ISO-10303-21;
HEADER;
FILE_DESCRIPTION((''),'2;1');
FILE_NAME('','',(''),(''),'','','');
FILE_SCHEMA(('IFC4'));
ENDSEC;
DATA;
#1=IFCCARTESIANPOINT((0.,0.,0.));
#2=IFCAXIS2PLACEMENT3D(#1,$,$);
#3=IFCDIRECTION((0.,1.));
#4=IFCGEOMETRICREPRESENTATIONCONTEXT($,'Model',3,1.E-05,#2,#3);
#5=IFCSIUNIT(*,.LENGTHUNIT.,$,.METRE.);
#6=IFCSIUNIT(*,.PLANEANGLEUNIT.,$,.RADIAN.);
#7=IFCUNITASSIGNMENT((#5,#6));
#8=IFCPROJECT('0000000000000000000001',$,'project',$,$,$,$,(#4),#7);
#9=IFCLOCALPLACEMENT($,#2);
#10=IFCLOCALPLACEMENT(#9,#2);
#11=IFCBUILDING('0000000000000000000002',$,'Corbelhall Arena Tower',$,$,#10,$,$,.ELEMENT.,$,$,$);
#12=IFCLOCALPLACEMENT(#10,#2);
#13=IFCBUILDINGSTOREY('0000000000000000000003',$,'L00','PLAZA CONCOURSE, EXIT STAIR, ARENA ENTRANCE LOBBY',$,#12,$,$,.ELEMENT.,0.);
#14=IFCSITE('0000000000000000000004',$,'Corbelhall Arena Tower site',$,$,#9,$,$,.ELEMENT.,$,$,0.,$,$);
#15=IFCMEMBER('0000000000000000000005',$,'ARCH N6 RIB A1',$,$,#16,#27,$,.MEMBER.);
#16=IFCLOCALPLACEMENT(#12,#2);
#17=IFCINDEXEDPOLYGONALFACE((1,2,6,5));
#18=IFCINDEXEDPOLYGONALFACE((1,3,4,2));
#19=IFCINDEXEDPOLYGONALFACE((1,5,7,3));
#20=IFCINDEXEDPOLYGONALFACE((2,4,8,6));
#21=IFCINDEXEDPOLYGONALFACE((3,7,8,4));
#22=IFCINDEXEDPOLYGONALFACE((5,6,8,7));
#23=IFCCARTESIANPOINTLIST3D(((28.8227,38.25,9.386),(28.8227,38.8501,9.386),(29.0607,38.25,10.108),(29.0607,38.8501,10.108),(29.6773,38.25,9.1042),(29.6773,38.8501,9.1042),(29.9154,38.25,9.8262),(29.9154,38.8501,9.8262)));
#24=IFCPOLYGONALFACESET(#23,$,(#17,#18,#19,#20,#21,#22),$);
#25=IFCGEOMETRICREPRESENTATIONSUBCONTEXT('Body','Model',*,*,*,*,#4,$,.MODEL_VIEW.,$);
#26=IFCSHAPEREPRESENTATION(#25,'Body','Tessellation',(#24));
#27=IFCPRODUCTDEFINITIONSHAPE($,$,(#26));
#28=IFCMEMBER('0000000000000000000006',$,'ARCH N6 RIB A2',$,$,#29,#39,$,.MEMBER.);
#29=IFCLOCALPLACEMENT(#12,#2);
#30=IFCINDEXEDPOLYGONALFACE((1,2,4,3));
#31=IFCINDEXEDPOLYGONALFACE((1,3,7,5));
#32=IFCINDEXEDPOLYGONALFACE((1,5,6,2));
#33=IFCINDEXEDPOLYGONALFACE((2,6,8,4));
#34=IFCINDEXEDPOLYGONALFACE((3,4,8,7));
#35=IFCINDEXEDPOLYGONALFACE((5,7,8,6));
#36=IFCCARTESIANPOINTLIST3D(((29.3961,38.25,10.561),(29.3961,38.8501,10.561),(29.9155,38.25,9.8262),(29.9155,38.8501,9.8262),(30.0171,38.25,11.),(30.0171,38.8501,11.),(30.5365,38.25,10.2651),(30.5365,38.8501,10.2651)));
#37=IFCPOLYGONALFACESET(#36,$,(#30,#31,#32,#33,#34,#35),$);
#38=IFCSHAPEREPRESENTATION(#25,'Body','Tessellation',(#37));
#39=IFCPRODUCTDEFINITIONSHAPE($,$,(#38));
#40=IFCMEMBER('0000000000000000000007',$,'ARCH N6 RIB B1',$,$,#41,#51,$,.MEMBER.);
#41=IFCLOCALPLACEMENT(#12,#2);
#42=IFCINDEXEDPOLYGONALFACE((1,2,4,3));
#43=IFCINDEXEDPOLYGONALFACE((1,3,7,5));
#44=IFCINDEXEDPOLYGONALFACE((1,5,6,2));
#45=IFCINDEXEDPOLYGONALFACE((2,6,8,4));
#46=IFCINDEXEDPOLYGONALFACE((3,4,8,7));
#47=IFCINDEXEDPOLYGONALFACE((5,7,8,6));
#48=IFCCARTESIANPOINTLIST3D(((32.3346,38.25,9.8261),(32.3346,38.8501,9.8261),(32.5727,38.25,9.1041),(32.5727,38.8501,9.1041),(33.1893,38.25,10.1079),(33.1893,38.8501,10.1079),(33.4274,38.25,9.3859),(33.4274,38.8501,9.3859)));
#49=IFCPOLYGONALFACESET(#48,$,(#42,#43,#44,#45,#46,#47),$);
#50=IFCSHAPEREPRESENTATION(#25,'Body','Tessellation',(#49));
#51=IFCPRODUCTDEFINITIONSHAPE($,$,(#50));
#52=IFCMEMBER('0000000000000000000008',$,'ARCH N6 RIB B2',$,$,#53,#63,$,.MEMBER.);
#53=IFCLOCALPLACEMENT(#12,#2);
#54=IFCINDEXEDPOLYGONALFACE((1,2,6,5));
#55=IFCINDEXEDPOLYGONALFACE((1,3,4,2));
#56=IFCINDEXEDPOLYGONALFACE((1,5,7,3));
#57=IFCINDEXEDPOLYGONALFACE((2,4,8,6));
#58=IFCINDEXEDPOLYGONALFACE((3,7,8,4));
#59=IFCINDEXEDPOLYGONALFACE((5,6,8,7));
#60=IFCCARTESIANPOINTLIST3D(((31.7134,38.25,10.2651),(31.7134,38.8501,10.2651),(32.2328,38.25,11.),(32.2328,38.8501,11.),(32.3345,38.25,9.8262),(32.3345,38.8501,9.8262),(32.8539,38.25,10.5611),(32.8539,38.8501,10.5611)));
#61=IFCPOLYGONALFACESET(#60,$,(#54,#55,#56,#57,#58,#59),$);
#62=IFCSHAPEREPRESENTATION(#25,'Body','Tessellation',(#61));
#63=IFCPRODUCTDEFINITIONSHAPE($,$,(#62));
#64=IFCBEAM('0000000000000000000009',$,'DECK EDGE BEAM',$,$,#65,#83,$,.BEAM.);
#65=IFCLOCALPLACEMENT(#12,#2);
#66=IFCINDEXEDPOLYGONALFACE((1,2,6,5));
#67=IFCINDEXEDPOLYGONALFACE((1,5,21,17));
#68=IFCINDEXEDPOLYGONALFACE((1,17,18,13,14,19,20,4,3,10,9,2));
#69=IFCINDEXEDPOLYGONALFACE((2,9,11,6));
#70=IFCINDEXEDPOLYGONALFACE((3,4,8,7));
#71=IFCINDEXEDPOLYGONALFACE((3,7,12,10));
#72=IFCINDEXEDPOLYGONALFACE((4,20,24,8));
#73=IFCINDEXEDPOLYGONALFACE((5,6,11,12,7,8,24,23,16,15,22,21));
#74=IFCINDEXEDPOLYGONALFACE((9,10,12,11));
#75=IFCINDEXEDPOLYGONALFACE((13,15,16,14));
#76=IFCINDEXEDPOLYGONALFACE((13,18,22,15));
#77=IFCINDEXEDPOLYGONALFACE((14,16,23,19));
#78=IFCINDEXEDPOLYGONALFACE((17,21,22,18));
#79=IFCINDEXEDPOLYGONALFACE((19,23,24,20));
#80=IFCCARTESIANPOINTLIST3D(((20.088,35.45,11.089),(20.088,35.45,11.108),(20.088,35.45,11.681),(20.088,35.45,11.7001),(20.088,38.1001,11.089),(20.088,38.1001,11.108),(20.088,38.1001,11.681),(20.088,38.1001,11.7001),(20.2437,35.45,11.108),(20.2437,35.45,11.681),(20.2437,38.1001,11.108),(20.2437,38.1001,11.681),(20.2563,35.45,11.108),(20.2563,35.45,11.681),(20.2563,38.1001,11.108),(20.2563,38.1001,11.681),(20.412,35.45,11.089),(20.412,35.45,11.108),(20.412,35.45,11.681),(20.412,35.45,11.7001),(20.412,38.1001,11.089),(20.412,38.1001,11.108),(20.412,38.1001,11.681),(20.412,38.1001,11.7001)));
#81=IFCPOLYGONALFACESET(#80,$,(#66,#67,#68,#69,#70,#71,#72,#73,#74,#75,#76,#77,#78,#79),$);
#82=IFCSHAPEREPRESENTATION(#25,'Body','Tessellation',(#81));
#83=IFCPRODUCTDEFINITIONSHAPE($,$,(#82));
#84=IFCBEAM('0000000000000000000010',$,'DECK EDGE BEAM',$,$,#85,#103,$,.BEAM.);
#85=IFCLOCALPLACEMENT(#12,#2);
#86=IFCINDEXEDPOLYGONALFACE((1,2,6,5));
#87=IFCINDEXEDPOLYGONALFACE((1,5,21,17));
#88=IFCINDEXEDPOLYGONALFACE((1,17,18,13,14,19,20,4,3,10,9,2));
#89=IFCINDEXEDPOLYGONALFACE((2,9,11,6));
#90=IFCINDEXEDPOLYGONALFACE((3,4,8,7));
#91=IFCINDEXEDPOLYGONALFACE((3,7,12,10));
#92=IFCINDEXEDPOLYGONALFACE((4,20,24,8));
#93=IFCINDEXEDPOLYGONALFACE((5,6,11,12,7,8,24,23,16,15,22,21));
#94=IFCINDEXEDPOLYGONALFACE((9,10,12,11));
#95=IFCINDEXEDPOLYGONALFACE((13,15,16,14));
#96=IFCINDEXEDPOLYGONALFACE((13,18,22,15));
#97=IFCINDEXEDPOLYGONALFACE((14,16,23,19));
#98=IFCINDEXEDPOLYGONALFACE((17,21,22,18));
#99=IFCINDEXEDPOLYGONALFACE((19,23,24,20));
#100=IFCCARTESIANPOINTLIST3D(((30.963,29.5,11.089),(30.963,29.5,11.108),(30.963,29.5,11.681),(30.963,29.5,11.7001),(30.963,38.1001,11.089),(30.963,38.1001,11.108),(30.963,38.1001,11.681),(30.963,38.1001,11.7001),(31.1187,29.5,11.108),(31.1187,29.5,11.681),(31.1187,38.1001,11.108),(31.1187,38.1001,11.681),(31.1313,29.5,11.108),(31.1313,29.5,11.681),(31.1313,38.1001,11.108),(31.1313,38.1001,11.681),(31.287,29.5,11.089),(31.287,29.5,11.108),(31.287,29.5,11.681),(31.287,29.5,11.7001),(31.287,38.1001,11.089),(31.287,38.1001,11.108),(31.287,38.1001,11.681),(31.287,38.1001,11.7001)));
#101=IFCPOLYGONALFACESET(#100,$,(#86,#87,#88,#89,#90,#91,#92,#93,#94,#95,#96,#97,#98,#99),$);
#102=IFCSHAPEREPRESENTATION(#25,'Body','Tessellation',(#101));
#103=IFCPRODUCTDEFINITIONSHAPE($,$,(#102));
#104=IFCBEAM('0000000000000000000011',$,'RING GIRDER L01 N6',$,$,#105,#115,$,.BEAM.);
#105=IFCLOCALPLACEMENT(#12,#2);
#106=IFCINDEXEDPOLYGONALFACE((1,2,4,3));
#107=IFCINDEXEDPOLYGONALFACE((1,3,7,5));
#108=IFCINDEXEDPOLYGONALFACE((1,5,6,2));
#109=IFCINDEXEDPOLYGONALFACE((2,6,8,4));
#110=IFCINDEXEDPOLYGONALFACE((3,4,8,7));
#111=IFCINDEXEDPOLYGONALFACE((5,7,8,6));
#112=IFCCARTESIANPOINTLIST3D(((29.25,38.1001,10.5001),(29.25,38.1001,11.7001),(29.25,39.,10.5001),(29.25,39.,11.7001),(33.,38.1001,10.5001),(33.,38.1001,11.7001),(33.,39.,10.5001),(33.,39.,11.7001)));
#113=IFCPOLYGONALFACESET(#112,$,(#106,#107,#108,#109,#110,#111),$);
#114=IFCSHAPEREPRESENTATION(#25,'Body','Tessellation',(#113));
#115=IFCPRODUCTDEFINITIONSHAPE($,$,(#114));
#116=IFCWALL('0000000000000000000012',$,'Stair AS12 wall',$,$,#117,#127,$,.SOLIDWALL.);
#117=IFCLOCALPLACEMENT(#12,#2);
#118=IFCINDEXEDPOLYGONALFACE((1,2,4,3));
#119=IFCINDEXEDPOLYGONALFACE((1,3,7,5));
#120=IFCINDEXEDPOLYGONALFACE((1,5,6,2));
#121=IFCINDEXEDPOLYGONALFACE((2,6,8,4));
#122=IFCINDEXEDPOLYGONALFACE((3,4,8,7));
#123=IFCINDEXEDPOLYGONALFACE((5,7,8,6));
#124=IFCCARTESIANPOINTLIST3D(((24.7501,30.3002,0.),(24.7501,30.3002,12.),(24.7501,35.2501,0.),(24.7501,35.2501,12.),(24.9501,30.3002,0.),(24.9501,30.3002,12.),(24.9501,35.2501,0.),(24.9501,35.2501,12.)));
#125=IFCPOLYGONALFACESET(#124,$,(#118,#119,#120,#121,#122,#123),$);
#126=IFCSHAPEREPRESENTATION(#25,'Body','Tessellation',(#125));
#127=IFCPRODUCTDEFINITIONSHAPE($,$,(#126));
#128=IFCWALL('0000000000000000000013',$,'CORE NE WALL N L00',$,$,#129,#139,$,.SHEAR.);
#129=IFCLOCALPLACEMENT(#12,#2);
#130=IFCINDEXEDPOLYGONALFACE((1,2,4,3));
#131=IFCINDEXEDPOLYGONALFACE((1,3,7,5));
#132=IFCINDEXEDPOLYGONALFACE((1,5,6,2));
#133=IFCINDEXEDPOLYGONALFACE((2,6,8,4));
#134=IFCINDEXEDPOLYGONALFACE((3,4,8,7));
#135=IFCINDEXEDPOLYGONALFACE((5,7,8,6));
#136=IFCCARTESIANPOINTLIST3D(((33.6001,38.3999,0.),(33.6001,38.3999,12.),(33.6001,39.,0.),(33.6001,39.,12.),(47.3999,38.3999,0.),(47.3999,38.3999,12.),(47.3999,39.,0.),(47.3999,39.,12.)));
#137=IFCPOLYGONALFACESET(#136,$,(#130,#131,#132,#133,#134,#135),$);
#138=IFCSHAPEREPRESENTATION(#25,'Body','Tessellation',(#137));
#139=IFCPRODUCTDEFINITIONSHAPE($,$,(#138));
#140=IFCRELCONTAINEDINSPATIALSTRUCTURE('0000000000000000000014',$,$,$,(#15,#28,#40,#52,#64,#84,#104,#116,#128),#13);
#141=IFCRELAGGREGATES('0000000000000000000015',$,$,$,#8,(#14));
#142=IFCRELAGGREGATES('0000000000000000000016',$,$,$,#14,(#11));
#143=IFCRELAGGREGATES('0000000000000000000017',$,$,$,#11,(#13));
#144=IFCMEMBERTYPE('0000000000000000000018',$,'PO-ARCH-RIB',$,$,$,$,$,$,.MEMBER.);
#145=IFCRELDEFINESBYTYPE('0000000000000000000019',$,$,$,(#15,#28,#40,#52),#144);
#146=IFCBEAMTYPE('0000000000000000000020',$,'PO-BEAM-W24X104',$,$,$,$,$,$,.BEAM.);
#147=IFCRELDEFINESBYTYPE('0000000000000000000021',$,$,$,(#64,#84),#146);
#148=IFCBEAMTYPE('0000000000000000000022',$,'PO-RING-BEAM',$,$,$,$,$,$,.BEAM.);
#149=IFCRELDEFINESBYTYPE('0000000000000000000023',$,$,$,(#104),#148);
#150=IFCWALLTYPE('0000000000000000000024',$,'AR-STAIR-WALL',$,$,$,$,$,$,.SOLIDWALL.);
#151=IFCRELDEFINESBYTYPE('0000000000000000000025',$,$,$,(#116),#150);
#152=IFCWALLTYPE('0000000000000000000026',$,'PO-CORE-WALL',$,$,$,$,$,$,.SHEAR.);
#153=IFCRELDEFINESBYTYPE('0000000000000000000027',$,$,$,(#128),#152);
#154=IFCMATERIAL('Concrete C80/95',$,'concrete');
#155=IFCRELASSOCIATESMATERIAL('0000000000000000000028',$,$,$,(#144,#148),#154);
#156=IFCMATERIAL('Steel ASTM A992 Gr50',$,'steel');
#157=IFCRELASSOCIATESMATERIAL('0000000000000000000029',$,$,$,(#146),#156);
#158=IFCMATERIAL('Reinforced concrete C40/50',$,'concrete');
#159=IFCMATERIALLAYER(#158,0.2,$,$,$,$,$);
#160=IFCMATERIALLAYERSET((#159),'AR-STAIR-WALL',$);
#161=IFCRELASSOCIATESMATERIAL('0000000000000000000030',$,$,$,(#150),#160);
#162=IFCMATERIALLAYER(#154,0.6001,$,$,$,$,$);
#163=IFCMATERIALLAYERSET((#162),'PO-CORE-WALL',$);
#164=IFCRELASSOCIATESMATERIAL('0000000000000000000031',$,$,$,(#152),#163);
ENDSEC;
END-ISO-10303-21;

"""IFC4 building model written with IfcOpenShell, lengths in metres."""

from ifc_helpers import new_model, si_unit, direction, frame, frame_2d, origin, origin_2d, place, context, subcontext, project, spatial, rectangle, i_section, extrude, material, layer, layer_set, material_profile, profile_set, type_object, element, save


model = new_model("IFC4")

# Units and contexts
model_context = context("Model", 3, precision=1e-05, world=origin(), true_north=direction((0.0, 1.0)))
body_context = subcontext(model_context, "Body", "Model", "MODEL_VIEW")
ifc_project = project(units=[si_unit("LENGTHUNIT", "METRE"), si_unit("PLANEANGLEUNIT", "RADIAN")], contexts=[model_context])

# Site, building, storey
site_placement = place(None, origin())
site = spatial("IfcSite", under=ifc_project, at=site_placement, Name="Corbelhall Arena Tower site", CompositionType="ELEMENT", RefElevation=0.0)
building_placement = place(site_placement, origin())
building = spatial("IfcBuilding", under=site, at=building_placement, Name="Corbelhall Arena Tower", CompositionType="ELEMENT")
storey_placement = place(building_placement, origin())
storey = spatial("IfcBuildingStorey", under=building, at=storey_placement, Name="L00", Description="PLAZA CONCOURSE, EXIT STAIR, ARENA ENTRANCE LOBBY", CompositionType="ELEMENT", Elevation=0.0)

# Shared definitions
ifc_material_1 = material(Name="Concrete C80/95", Category="concrete")

# Members
ifc_material_profile_1 = material_profile(ifc_material_1, rectangle(XDim=0.6001, YDim=0.8999, at=origin_2d()))
ifc_profile_set_1 = profile_set([ifc_material_profile_1], Name="Concrete C80/95")
member_type = type_object("IfcMemberType", Name="PO-ARCH-RIB", PredefinedType="MEMBER", material=ifc_profile_set_1)
member_1_placement = place(storey_placement, frame((29.25, 38.55, 9.2451), z_axis=(0.313143, 0.0, 0.949706), x_axis=(0.0, 1.0, 0.0)))
element("IfcMember", 1, at=member_1_placement, inside=storey, type_object=member_type, Name="ARCH N6 RIB A1", PredefinedType="MEMBER", context=body_context, shape_type="SweptSolid", body=[
    extrude(rectangle(XDim=0.6001, YDim=0.8999, at=origin_2d()), origin(), (0.0, 0.0, 1.0), 0.7603),
])
member_2_placement = place(storey_placement, frame((29.6558, 38.55, 10.1936), z_axis=(0.81663, 0.0, 0.577162), x_axis=(0.0, 1.0, 0.0)))
element("IfcMember", 2, at=member_2_placement, inside=storey, type_object=member_type, Name="ARCH N6 RIB A2", PredefinedType="MEMBER", context=body_context, shape_type="SweptSolid", body=[
    extrude(rectangle(XDim=0.6001, YDim=0.8999, at=origin_2d()), origin(), (0.0, 0.0, 1.0), 0.7605),
])
member_3_placement = place(storey_placement, frame((32.762, 38.55, 9.967), z_axis=(0.313143, 0.0, -0.949706), x_axis=(0.0, 1.0, 0.0)))
element("IfcMember", 3, at=member_3_placement, inside=storey, type_object=member_type, Name="ARCH N6 RIB B1", PredefinedType="MEMBER", context=body_context, shape_type="SweptSolid", body=[
    extrude(rectangle(XDim=0.6001, YDim=0.8999, at=origin_2d()), origin(), (0.0, 0.0, 1.0), 0.7603),
])
member_4_placement = place(storey_placement, frame((31.9731, 38.55, 10.6326), z_axis=(0.81663, 0.0, -0.577162), x_axis=(0.0, 1.0, 0.0)))
element("IfcMember", 4, at=member_4_placement, inside=storey, type_object=member_type, Name="ARCH N6 RIB B2", PredefinedType="MEMBER", context=body_context, shape_type="SweptSolid", body=[
    extrude(rectangle(XDim=0.6001, YDim=0.8999, at=origin_2d()), origin(), (0.0, 0.0, 1.0), 0.7605),
])

# Beams
ifc_material_2 = material(Name="Steel ASTM A992 Gr50", Category="steel")
ifc_material_profile_2 = material_profile(ifc_material_2, i_section(OverallWidth=0.324, OverallDepth=0.6111, WebThickness=0.0127, FlangeThickness=0.019, at=origin_2d()))
ifc_profile_set_2 = profile_set([ifc_material_profile_2], Name="Steel ASTM A992 Gr50")
beam_type_1 = type_object("IfcBeamType", Name="PO-BEAM-W24X104", PredefinedType="BEAM", material=ifc_profile_set_2)
beam_1_placement = place(storey_placement, frame((20.25, 35.45, 11.3945), z_axis=(0.0, 1.0, 0.0), x_axis=(-1.0, 0.0, 0.0)))
element("IfcBeam", 5, at=beam_1_placement, inside=storey, type_object=beam_type_1, Name="DECK EDGE BEAM", PredefinedType="BEAM", context=body_context, shape_type="SweptSolid", body=[
    extrude(i_section(OverallWidth=0.324, OverallDepth=0.6111, WebThickness=0.0127, FlangeThickness=0.019, at=origin_2d()), origin(), (0.0, 0.0, 1.0), 2.6501),
])
beam_2_placement = place(storey_placement, frame((31.125, 29.5, 11.3945), z_axis=(0.0, 1.0, 0.0), x_axis=(-1.0, 0.0, 0.0)))
element("IfcBeam", 6, at=beam_2_placement, inside=storey, type_object=beam_type_1, Name="DECK EDGE BEAM", PredefinedType="BEAM", context=body_context, shape_type="SweptSolid", body=[
    extrude(i_section(OverallWidth=0.324, OverallDepth=0.6111, WebThickness=0.0127, FlangeThickness=0.019, at=origin_2d()), origin(), (0.0, 0.0, 1.0), 8.6001),
])
ifc_material_profile_3 = material_profile(ifc_material_1, rectangle(XDim=0.8999, YDim=1.2, at=origin_2d()))
ifc_profile_set_3 = profile_set([ifc_material_profile_3], Name="Concrete C80/95")
beam_type_2 = type_object("IfcBeamType", Name="PO-RING-BEAM", PredefinedType="BEAM", material=ifc_profile_set_3)
beam_3_placement = place(storey_placement, frame((29.25, 38.55, 11.1001), z_axis=(1.0, 0.0, 0.0), x_axis=(0.0, 1.0, 0.0)))
element("IfcBeam", 7, at=beam_3_placement, inside=storey, type_object=beam_type_2, Name="RING GIRDER L01 N6", PredefinedType="BEAM", context=body_context, shape_type="SweptSolid", body=[
    extrude(rectangle(XDim=0.8999, YDim=1.2, at=origin_2d()), origin(), (0.0, 0.0, 1.0), 3.75),
])

# Shared definitions
ifc_material_3 = material(Name="Reinforced concrete C40/50", Category="concrete")

# Shared definitions
ifc_layer_1 = layer(ifc_material_3, 0.2)
ifc_layer_set_1 = layer_set([ifc_layer_1], Name="AR-STAIR-WALL")
wall_type_1 = type_object("IfcWallType", Name="AR-STAIR-WALL", PredefinedType="SOLIDWALL", material=ifc_layer_set_1)

# Walls
wall_1_placement = place(storey_placement, frame((24.8501, 30.3, 0.0), z_axis=(0.0, 0.0, 1.0), x_axis=(0.0, 1.0, 0.0)))
element("IfcWall", 8, at=wall_1_placement, inside=storey, type_object=wall_type_1, Name="Stair AS12 wall", PredefinedType="SOLIDWALL", context=body_context, shape_type="SweptSolid", body=[
    extrude(rectangle(XDim=4.95, YDim=0.2, at=frame_2d((2.4751, 0.0))), origin(), (0.0, 0.0, 1.0), 12.0),
])
ifc_layer_2 = layer(ifc_material_1, 0.6001)
ifc_layer_set_2 = layer_set([ifc_layer_2], Name="PO-CORE-WALL")
wall_type_2 = type_object("IfcWallType", Name="PO-CORE-WALL", PredefinedType="SHEAR", material=ifc_layer_set_2)
wall_2_placement = place(storey_placement, frame((33.6001, 38.7, 0.0), z_axis=(0.0, 0.0, 1.0), x_axis=(1.0, 0.0, 0.0)))
element("IfcWall", 9, at=wall_2_placement, inside=storey, type_object=wall_type_2, Name="CORE NE WALL N L00", PredefinedType="SHEAR", context=body_context, shape_type="SweptSolid", body=[
    extrude(rectangle(XDim=13.7998, YDim=0.6001, at=frame_2d((6.8999, 0.0))), origin(), (0.0, 0.0, 1.0), 12.0),
])

save(model, "model.ifc")
